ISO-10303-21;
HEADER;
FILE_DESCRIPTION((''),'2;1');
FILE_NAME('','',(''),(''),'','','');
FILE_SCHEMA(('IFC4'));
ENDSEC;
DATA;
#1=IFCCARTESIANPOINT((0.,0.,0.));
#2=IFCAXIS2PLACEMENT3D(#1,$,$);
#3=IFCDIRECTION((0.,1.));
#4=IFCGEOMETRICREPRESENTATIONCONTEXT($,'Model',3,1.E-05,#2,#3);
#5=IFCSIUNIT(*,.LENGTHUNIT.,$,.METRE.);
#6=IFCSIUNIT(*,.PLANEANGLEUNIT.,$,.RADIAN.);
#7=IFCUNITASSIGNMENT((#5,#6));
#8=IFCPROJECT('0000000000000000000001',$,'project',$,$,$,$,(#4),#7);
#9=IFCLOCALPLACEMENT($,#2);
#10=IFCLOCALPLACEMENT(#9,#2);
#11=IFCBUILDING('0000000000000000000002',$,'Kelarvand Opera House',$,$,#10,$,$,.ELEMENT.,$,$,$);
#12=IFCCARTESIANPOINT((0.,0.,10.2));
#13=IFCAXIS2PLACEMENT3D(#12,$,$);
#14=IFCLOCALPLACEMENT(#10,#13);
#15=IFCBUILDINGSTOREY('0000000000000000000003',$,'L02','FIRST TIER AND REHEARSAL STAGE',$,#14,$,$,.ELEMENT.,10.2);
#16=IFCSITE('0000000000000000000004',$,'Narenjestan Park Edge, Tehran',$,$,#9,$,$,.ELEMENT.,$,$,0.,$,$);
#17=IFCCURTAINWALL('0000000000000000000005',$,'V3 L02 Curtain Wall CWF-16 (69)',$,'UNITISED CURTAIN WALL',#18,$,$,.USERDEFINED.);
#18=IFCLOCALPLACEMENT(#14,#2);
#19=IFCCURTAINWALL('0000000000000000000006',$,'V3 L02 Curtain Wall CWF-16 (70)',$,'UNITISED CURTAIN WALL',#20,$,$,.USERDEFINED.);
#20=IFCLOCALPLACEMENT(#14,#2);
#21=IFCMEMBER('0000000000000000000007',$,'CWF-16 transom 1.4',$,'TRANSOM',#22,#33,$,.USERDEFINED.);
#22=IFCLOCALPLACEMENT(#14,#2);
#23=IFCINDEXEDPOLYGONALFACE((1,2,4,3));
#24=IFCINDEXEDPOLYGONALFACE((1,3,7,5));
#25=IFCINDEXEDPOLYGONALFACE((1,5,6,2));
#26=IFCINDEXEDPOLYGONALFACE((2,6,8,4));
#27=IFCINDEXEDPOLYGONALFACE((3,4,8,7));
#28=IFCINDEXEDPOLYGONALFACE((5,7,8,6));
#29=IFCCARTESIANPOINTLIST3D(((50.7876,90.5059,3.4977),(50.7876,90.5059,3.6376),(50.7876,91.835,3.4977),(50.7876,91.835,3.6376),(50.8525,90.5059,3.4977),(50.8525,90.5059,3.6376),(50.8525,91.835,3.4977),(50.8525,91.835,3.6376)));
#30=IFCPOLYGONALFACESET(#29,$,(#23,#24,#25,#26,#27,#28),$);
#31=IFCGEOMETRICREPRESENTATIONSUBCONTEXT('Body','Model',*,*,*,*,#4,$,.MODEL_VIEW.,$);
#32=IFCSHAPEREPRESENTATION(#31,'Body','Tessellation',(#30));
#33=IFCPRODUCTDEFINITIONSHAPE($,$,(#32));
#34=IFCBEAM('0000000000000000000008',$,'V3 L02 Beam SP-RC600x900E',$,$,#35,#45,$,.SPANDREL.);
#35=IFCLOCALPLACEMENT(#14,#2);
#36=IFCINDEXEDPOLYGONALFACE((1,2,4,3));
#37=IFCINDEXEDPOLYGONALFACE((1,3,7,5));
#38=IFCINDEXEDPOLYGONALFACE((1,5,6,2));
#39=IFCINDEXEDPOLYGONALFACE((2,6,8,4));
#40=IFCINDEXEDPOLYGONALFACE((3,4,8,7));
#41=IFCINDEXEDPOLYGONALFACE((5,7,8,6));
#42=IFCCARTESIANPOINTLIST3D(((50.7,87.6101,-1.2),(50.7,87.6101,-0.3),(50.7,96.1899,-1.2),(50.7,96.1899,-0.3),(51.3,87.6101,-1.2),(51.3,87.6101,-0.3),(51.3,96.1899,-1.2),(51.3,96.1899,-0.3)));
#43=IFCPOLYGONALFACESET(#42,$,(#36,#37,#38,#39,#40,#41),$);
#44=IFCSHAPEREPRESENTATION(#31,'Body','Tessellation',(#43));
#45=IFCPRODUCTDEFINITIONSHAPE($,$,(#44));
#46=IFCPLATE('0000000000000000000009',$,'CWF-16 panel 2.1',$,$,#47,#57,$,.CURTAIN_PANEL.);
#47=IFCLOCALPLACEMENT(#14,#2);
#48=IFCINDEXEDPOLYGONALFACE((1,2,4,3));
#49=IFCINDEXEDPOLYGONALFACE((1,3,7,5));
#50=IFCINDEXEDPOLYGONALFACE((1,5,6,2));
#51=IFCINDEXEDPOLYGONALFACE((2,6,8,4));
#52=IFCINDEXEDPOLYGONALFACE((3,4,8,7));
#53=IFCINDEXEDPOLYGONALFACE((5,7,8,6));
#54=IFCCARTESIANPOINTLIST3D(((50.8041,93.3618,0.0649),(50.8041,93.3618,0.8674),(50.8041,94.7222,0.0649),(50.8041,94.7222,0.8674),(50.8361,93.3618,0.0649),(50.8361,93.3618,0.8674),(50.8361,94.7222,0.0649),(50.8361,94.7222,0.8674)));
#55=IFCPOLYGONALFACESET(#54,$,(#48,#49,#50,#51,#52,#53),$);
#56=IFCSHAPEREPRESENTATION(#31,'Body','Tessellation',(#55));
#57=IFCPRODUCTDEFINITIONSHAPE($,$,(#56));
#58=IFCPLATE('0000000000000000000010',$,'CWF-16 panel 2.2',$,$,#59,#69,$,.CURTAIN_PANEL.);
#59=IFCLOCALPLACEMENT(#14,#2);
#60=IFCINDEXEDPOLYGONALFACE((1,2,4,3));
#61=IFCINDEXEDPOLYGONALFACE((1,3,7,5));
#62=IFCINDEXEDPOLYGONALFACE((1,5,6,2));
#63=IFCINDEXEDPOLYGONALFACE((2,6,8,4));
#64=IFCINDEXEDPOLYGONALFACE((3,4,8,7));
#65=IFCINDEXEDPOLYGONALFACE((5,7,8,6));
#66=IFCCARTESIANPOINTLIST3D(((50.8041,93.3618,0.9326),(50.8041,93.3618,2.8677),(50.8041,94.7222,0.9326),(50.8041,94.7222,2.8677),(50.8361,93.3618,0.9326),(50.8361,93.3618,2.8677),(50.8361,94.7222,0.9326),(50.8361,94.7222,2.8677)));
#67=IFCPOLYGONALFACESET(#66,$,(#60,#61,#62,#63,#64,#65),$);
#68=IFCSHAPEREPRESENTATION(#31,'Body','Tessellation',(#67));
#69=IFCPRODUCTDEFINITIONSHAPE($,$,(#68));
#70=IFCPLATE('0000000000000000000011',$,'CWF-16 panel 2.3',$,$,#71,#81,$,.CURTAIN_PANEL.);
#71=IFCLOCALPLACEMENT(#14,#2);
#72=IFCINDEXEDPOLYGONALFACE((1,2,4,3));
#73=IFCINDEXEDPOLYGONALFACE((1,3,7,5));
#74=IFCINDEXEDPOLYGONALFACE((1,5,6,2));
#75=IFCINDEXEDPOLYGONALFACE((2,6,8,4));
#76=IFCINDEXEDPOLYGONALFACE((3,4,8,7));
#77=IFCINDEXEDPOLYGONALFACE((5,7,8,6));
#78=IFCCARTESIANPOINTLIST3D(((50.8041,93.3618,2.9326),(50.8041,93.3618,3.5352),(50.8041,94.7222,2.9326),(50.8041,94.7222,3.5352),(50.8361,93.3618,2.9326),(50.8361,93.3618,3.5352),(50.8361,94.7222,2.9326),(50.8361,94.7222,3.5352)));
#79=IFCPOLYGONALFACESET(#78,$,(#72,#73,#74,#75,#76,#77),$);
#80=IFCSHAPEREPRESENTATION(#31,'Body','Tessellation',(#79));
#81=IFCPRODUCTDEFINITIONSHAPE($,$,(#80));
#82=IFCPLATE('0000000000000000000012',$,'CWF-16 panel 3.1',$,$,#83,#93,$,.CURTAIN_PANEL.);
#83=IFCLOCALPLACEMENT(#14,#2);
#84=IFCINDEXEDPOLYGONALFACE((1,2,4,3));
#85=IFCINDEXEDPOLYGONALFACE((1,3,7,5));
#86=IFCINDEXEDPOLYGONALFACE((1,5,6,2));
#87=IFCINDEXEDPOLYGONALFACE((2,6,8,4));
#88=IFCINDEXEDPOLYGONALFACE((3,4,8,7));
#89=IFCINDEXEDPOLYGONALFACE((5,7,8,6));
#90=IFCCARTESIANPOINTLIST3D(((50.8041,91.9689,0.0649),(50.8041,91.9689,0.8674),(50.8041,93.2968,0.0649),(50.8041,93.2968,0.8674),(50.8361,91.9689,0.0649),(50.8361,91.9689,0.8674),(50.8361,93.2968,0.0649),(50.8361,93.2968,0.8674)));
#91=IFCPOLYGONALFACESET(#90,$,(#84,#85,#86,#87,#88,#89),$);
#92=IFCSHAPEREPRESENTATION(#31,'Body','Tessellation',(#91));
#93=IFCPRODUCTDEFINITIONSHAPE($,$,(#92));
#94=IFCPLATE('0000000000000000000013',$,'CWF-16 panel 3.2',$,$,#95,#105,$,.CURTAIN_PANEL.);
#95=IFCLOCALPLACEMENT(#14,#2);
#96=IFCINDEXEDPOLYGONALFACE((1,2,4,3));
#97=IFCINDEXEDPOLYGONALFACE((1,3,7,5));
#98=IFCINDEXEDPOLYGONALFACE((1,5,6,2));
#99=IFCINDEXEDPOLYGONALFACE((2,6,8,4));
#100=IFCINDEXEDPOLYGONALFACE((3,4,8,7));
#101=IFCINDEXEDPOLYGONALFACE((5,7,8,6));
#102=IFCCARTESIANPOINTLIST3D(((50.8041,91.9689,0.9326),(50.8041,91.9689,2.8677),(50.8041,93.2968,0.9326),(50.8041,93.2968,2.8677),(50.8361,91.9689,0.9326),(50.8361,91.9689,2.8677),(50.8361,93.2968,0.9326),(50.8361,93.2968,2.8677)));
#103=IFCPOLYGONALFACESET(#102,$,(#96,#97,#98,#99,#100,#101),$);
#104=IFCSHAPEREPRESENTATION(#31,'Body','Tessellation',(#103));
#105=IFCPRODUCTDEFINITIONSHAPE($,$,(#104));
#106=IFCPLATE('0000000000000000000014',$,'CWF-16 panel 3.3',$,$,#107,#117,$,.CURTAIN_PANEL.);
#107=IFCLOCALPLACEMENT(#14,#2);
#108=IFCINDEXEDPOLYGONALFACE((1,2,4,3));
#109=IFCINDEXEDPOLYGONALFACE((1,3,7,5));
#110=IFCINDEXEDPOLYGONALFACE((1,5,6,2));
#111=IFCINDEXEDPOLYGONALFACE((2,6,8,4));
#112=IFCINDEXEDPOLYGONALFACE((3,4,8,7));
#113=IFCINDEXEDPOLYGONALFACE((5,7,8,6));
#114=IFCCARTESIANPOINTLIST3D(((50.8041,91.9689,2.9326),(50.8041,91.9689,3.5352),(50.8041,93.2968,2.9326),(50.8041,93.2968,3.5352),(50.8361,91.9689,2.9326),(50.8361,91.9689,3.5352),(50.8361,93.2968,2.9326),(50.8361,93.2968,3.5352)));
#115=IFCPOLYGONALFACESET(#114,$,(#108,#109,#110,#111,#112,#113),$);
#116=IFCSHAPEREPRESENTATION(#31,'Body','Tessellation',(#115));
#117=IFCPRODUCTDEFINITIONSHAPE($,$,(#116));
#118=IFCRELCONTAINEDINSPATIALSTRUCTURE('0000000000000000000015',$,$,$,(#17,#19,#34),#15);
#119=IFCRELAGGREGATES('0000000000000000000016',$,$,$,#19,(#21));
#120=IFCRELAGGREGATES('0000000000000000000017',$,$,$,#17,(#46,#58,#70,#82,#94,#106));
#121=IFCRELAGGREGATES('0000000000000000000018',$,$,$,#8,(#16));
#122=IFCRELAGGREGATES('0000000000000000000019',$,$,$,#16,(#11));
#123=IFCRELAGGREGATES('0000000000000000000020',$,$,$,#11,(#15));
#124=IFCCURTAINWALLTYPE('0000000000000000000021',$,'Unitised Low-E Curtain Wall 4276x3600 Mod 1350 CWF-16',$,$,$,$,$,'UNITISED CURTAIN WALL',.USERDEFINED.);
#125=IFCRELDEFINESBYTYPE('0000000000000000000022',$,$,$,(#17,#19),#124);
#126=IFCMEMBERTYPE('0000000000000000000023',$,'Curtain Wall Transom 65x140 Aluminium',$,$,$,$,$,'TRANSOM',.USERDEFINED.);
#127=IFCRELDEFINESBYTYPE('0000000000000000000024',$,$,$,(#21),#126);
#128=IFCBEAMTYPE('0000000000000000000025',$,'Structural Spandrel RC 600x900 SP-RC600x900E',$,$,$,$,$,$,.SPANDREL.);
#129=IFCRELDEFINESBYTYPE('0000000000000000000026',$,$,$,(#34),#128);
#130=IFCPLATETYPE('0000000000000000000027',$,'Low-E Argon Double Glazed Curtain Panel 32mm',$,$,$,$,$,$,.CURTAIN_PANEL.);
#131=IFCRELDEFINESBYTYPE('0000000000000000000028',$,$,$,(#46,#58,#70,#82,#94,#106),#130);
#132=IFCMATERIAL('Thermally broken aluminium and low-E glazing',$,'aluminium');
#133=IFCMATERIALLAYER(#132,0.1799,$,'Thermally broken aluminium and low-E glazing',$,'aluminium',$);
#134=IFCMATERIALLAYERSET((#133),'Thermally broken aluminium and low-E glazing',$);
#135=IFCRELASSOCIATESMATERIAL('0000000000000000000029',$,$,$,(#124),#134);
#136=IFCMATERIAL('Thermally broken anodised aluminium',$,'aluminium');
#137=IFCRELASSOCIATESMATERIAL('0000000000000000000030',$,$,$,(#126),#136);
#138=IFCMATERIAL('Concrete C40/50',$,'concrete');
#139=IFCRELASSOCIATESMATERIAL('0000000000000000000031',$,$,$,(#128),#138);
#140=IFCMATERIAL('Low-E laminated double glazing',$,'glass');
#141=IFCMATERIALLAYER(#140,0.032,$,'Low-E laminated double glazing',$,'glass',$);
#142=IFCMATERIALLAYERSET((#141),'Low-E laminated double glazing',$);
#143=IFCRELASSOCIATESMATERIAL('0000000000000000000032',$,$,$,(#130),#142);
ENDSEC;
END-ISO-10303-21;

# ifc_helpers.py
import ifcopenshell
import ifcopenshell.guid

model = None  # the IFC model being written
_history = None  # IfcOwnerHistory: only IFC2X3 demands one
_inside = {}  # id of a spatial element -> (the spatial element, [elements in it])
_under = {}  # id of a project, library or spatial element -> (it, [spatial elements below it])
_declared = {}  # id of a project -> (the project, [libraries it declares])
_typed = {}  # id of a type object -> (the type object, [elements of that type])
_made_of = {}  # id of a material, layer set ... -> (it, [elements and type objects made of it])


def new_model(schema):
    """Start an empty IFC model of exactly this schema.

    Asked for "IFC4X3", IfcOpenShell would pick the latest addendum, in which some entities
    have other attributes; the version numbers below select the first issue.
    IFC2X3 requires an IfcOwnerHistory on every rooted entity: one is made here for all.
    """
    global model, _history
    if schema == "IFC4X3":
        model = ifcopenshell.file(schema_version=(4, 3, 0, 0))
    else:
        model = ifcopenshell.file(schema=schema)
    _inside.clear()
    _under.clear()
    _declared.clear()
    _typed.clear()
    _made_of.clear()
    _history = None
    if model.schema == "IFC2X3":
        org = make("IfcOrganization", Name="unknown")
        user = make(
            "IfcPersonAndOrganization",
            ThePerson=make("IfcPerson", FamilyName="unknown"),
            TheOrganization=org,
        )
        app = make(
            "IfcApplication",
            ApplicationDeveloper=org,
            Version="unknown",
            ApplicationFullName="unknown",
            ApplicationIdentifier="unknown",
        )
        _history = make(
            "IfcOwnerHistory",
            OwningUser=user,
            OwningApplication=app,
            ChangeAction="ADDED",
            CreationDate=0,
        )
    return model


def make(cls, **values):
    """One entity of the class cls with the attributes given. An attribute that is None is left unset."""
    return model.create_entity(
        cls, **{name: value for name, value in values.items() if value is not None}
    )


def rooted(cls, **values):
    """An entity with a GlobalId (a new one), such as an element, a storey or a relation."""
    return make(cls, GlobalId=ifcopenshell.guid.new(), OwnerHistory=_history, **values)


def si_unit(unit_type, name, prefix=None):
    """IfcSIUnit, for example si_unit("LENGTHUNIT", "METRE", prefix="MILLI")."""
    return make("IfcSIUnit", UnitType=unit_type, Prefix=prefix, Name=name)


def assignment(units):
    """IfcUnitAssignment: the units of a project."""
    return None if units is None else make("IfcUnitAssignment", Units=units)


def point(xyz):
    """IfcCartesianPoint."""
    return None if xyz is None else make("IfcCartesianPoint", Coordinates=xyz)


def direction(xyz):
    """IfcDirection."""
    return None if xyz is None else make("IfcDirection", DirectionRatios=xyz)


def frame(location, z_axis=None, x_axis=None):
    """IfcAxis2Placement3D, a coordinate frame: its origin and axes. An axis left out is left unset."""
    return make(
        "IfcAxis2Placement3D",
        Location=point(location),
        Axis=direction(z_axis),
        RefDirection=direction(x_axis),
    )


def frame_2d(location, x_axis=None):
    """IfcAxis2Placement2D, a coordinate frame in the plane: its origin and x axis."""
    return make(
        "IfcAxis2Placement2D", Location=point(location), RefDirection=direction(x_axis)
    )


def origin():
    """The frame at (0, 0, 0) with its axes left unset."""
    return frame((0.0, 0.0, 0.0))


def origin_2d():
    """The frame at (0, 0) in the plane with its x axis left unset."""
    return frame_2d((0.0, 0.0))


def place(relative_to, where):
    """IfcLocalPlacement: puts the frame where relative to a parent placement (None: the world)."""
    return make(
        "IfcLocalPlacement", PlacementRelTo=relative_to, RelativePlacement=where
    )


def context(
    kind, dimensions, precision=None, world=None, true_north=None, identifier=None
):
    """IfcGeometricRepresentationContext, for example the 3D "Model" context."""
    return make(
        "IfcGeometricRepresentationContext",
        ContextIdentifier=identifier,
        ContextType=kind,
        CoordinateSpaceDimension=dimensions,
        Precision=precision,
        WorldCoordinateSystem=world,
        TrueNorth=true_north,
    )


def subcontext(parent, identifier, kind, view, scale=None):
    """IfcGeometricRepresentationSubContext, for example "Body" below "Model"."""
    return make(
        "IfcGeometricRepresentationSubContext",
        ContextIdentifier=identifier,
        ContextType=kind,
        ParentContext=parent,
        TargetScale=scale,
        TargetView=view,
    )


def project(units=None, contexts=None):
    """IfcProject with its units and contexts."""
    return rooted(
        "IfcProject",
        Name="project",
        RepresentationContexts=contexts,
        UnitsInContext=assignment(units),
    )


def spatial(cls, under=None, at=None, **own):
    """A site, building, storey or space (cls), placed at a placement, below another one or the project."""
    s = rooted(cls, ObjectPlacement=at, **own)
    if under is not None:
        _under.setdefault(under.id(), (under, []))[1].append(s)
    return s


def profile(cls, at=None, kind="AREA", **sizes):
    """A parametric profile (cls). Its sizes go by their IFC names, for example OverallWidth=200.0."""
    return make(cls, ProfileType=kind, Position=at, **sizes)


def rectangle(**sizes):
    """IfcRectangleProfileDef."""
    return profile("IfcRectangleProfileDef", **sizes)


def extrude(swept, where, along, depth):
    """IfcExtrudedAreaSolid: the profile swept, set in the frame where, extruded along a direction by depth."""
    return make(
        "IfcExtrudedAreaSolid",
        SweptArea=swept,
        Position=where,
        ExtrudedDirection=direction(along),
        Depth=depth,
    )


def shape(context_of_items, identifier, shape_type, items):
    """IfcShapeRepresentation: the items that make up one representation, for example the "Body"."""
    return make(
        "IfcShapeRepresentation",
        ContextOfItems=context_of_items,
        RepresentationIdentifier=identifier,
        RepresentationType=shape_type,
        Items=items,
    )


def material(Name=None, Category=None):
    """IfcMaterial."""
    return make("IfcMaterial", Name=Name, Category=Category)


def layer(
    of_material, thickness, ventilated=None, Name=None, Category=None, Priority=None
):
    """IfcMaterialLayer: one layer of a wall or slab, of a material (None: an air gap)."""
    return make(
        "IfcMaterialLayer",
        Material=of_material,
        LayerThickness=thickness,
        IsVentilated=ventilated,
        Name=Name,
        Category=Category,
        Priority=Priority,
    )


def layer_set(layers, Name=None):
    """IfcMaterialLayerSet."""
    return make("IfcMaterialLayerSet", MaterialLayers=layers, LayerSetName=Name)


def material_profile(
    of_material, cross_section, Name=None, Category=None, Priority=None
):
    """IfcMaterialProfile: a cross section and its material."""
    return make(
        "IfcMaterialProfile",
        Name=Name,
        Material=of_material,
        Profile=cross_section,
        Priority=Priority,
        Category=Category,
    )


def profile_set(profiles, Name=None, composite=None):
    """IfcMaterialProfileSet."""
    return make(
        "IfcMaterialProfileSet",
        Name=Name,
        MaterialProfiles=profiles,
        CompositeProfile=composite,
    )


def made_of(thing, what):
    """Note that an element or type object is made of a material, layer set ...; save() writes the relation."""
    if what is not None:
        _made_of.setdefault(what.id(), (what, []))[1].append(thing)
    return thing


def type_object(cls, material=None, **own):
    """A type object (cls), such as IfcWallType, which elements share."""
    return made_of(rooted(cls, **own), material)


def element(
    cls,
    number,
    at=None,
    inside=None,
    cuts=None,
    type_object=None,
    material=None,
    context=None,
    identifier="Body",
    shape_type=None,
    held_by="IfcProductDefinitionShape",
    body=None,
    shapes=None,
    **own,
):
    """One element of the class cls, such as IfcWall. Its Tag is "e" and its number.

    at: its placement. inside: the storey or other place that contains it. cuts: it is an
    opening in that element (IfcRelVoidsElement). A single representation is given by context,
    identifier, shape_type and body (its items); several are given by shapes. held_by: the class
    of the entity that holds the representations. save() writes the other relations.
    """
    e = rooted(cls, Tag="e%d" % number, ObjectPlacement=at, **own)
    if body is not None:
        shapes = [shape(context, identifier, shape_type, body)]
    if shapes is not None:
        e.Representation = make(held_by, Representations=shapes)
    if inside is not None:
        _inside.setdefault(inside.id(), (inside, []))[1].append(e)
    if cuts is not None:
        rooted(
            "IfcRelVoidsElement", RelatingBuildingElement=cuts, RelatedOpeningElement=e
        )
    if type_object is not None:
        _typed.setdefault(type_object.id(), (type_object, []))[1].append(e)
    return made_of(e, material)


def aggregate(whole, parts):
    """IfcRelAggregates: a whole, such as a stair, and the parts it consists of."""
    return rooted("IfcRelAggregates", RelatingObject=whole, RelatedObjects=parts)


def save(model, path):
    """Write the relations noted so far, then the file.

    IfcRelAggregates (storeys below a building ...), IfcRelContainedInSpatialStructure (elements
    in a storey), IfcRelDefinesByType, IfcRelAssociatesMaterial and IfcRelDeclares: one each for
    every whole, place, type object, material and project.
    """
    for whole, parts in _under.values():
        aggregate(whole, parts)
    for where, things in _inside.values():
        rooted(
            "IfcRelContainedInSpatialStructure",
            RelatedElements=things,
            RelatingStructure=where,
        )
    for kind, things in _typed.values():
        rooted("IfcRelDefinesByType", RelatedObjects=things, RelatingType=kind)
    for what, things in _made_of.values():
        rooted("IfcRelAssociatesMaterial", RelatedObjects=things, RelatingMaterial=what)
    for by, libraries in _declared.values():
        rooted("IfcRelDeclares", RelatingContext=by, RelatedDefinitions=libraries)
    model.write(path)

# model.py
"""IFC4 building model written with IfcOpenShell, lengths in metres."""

from ifc_helpers import new_model, si_unit, direction, frame, origin, origin_2d, place, context, subcontext, project, spatial, rectangle, extrude, material, layer, layer_set, material_profile, profile_set, type_object, element, aggregate, save


model = new_model("IFC4")

# Units and contexts
model_context = context("Model", 3, precision=1e-05, world=origin(), true_north=direction((0.0, 1.0)))
body_context = subcontext(model_context, "Body", "Model", "MODEL_VIEW")
ifc_project = project(units=[si_unit("LENGTHUNIT", "METRE"), si_unit("PLANEANGLEUNIT", "RADIAN")], contexts=[model_context])

# Site, building, storey
site_placement = place(None, origin())
site = spatial("IfcSite", under=ifc_project, at=site_placement, Name="Narenjestan Park Edge, Tehran", CompositionType="ELEMENT", RefElevation=0.0)
building_placement = place(site_placement, origin())
building = spatial("IfcBuilding", under=site, at=building_placement, Name="Kelarvand Opera House", CompositionType="ELEMENT")
storey_placement = place(building_placement, frame((0.0, 0.0, 10.2)))
storey = spatial("IfcBuildingStorey", under=building, at=storey_placement, Name="L02", Description="FIRST TIER AND REHEARSAL STAGE", CompositionType="ELEMENT", Elevation=10.2)

# Shared definitions
ifc_material_1 = material(Name="Concrete C40/50", Category="concrete")

# Curtain wall
ifc_material_2 = material(Name="Thermally broken aluminium and low-E glazing", Category="aluminium")
ifc_layer_1 = layer(ifc_material_2, 0.1799, Name="Thermally broken aluminium and low-E glazing", Category="aluminium")
ifc_layer_set_1 = layer_set([ifc_layer_1], Name="Thermally broken aluminium and low-E glazing")
curtain_wall_type = type_object("IfcCurtainWallType", Name="Unitised Low-E Curtain Wall 4276x3600 Mod 1350 CWF-16", ElementType="UNITISED CURTAIN WALL", PredefinedType="USERDEFINED", material=ifc_layer_set_1)
curtain_wall_1_placement = place(storey_placement, origin())
curtain_wall_1 = element("IfcCurtainWall", 1, at=curtain_wall_1_placement, inside=storey, type_object=curtain_wall_type, Name="V3 L02 Curtain Wall CWF-16 (69)", ObjectType="UNITISED CURTAIN WALL", PredefinedType="USERDEFINED")
ifc_material_3 = material(Name="Thermally broken anodised aluminium", Category="aluminium")

# Curtain wall
curtain_wall_2_placement = place(storey_placement, origin())
curtain_wall_2 = element("IfcCurtainWall", 2, at=curtain_wall_2_placement, inside=storey, type_object=curtain_wall_type, Name="V3 L02 Curtain Wall CWF-16 (70)", ObjectType="UNITISED CURTAIN WALL", PredefinedType="USERDEFINED")

# Member
ifc_material_profile_1 = material_profile(ifc_material_3, rectangle(XDim=0.0649, YDim=0.1399, at=origin_2d()), Name="ALU TRANSOM 65x140", Category="aluminium")
ifc_profile_set_1 = profile_set([ifc_material_profile_1], Name="Thermally broken anodised aluminium")
member_type_1 = type_object("IfcMemberType", Name="Curtain Wall Transom 65x140 Aluminium", ElementType="TRANSOM", PredefinedType="USERDEFINED", material=ifc_profile_set_1)
member_1_placement = place(storey_placement, frame((50.8201, 91.835, 3.5676), z_axis=(0.0, -1.0, 0.0), x_axis=(1.0, 0.0, 0.0)))
member_1 = element("IfcMember", 3, at=member_1_placement, type_object=member_type_1, Name="CWF-16 transom 1.4", ObjectType="TRANSOM", PredefinedType="USERDEFINED", context=body_context, shape_type="SweptSolid", body=[
    extrude(rectangle(XDim=0.0649, YDim=0.1399, at=origin_2d()), origin(), (0.0, 0.0, 1.0), 1.3291),
])
aggregate(curtain_wall_2, [member_1])

# Beam
ifc_material_profile_2 = material_profile(ifc_material_1, rectangle(XDim=0.6001, YDim=0.8999, at=origin_2d()), Name="RC 600x900", Category="concrete")
ifc_profile_set_2 = profile_set([ifc_material_profile_2], Name="Concrete C40/50")
beam_type = type_object("IfcBeamType", Name="Structural Spandrel RC 600x900 SP-RC600x900E", PredefinedType="SPANDREL", material=ifc_profile_set_2)
beam_placement = place(storey_placement, frame((51.0, 87.6101, -0.75), z_axis=(0.0, 1.0, 0.0), x_axis=(-1.0, 0.0, 0.0)))
element("IfcBeam", 4, at=beam_placement, inside=storey, type_object=beam_type, Name="V3 L02 Beam SP-RC600x900E", PredefinedType="SPANDREL", context=body_context, shape_type="SweptSolid", body=[
    extrude(rectangle(XDim=0.6001, YDim=0.8999, at=origin_2d()), origin(), (0.0, 0.0, 1.0), 8.5798),
])

# Plates
ifc_material_4 = material(Name="Low-E laminated double glazing", Category="glass")
ifc_layer_2 = layer(ifc_material_4, 0.032, Name="Low-E laminated double glazing", Category="glass")
ifc_layer_set_2 = layer_set([ifc_layer_2], Name="Low-E laminated double glazing")
plate_type = type_object("IfcPlateType", Name="Low-E Argon Double Glazed Curtain Panel 32mm", PredefinedType="CURTAIN_PANEL", material=ifc_layer_set_2)
plate_1_placement = place(storey_placement, frame((50.8201, 94.042, 0.0649), z_axis=(0.0, 0.0, 1.0), x_axis=(0.0, -1.0, 0.0)))
plate_1 = element("IfcPlate", 5, at=plate_1_placement, type_object=plate_type, Name="CWF-16 panel 2.1", PredefinedType="CURTAIN_PANEL", context=body_context, shape_type="SweptSolid", body=[
    extrude(rectangle(XDim=1.3604, YDim=0.032, at=origin_2d()), origin(), (0.0, 0.0, 1.0), 0.8025),
])
plate_2_placement = place(storey_placement, frame((50.8201, 94.042, 0.9326), z_axis=(0.0, 0.0, 1.0), x_axis=(0.0, -1.0, 0.0)))
plate_2 = element("IfcPlate", 6, at=plate_2_placement, type_object=plate_type, Name="CWF-16 panel 2.2", PredefinedType="CURTAIN_PANEL", context=body_context, shape_type="SweptSolid", body=[
    extrude(rectangle(XDim=1.3604, YDim=0.032, at=origin_2d()), origin(), (0.0, 0.0, 1.0), 1.9351),
])
plate_3_placement = place(storey_placement, frame((50.8201, 94.042, 2.9326), z_axis=(0.0, 0.0, 1.0), x_axis=(0.0, -1.0, 0.0)))
plate_3 = element("IfcPlate", 7, at=plate_3_placement, type_object=plate_type, Name="CWF-16 panel 2.3", PredefinedType="CURTAIN_PANEL", context=body_context, shape_type="SweptSolid", body=[
    extrude(rectangle(XDim=1.3604, YDim=0.032, at=origin_2d()), origin(), (0.0, 0.0, 1.0), 0.6025),
])
plate_4_placement = place(storey_placement, frame((50.8201, 92.6328, 0.0649), z_axis=(0.0, 0.0, 1.0), x_axis=(0.0, -1.0, 0.0)))
plate_4 = element("IfcPlate", 8, at=plate_4_placement, type_object=plate_type, Name="CWF-16 panel 3.1", PredefinedType="CURTAIN_PANEL", context=body_context, shape_type="SweptSolid", body=[
    extrude(rectangle(XDim=1.3279, YDim=0.032, at=origin_2d()), origin(), (0.0, 0.0, 1.0), 0.8025),
])
plate_5_placement = place(storey_placement, frame((50.8201, 92.6328, 0.9326), z_axis=(0.0, 0.0, 1.0), x_axis=(0.0, -1.0, 0.0)))
plate_5 = element("IfcPlate", 9, at=plate_5_placement, type_object=plate_type, Name="CWF-16 panel 3.2", PredefinedType="CURTAIN_PANEL", context=body_context, shape_type="SweptSolid", body=[
    extrude(rectangle(XDim=1.3279, YDim=0.032, at=origin_2d()), origin(), (0.0, 0.0, 1.0), 1.9351),
])
plate_6_placement = place(storey_placement, frame((50.8201, 92.6328, 2.9326), z_axis=(0.0, 0.0, 1.0), x_axis=(0.0, -1.0, 0.0)))
plate_6 = element("IfcPlate", 10, at=plate_6_placement, type_object=plate_type, Name="CWF-16 panel 3.3", PredefinedType="CURTAIN_PANEL", context=body_context, shape_type="SweptSolid", body=[
    extrude(rectangle(XDim=1.3279, YDim=0.032, at=origin_2d()), origin(), (0.0, 0.0, 1.0), 0.6025),
])
aggregate(curtain_wall_1, [plate_1, plate_2, plate_3, plate_4, plate_5, plate_6])

save(model, "model.ifc")
